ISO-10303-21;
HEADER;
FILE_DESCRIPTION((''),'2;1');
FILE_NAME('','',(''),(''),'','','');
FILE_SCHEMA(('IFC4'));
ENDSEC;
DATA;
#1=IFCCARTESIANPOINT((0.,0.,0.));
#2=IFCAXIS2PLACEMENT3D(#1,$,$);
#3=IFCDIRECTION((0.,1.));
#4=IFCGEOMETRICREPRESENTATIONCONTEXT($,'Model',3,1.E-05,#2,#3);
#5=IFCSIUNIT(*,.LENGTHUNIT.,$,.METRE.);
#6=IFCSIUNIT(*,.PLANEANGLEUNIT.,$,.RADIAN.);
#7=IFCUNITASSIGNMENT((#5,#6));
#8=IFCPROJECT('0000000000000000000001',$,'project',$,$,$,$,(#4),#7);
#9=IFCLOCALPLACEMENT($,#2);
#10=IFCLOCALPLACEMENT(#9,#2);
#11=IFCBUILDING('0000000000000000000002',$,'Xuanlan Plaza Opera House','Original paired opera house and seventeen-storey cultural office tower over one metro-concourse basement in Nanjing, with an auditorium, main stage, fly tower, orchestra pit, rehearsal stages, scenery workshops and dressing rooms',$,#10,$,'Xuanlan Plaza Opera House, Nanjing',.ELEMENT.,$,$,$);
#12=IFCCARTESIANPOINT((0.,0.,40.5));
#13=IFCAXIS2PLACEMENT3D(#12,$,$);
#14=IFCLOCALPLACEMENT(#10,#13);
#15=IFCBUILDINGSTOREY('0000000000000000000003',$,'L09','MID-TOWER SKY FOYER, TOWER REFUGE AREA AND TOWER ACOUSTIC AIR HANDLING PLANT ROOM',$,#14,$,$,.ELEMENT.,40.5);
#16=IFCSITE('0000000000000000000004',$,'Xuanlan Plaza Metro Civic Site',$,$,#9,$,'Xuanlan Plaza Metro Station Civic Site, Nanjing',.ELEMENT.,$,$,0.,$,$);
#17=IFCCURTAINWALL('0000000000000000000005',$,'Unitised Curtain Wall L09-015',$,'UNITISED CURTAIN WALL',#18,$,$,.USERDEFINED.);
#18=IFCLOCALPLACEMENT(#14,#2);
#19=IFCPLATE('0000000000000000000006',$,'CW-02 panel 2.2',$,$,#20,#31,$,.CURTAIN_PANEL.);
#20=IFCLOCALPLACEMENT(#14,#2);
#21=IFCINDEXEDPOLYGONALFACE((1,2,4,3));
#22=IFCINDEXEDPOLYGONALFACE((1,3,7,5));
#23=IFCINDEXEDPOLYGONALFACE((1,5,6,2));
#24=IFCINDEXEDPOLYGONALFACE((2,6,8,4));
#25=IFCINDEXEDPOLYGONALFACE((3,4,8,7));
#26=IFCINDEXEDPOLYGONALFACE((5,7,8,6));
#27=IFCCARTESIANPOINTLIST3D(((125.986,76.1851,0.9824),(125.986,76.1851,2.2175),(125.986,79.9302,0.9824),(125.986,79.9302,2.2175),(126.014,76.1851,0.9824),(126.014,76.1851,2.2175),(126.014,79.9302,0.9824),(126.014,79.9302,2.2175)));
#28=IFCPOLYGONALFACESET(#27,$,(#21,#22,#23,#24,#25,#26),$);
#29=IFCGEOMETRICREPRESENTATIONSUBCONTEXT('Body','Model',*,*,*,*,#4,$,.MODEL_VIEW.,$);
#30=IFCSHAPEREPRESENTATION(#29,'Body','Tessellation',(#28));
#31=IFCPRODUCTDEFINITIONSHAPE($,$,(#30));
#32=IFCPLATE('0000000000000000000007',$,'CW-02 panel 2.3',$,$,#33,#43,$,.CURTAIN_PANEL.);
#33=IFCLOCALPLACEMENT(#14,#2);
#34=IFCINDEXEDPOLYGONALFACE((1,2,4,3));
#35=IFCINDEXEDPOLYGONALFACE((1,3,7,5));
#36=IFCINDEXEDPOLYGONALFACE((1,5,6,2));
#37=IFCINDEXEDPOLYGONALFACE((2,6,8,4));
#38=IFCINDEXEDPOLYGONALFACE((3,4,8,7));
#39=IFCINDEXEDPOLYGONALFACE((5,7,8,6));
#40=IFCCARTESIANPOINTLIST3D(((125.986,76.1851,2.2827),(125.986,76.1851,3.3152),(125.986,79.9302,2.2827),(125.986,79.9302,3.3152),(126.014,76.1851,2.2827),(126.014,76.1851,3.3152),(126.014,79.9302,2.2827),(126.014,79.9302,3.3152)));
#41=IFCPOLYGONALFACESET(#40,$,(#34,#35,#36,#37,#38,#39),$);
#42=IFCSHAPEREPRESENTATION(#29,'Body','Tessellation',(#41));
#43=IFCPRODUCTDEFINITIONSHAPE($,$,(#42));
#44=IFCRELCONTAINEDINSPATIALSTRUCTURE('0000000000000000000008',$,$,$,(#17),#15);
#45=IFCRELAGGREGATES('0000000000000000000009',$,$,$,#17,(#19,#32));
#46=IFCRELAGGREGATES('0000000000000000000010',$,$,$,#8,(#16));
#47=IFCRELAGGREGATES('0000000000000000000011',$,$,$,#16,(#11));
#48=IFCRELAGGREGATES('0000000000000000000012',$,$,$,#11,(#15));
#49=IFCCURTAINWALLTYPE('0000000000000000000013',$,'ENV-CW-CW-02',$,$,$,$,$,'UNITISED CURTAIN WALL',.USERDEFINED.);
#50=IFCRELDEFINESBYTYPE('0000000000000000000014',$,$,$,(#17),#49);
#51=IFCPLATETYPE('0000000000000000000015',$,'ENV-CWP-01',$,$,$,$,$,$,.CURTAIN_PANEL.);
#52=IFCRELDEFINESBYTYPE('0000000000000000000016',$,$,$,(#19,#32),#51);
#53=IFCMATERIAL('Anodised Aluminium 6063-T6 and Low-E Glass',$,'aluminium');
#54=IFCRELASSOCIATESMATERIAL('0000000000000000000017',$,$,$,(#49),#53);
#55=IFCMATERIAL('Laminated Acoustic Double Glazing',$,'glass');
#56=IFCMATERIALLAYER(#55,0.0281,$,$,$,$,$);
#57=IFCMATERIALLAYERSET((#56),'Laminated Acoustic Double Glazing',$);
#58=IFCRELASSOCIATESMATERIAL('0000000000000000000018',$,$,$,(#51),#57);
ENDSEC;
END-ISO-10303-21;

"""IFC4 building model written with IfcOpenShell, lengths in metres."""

from ifc_helpers import new_model, si_unit, direction, frame, origin, origin_2d, place, context, subcontext, project, spatial, rectangle, extrude, material, layer, layer_set, type_object, element, aggregate, save


model = new_model("IFC4")

# Units and contexts
model_context = context("Model", 3, precision=1e-05, world=origin(), true_north=direction((0.0, 1.0)))
body_context = subcontext(model_context, "Body", "Model", "MODEL_VIEW")
ifc_project = project(units=[si_unit("LENGTHUNIT", "METRE"), si_unit("PLANEANGLEUNIT", "RADIAN")], contexts=[model_context])

# Site, building, storey
site_placement = place(None, origin())
site = spatial("IfcSite", under=ifc_project, at=site_placement, Name="Xuanlan Plaza Metro Civic Site", LongName="Xuanlan Plaza Metro Station Civic Site, Nanjing", CompositionType="ELEMENT", RefElevation=0.0)
building_placement = place(site_placement, origin())
building = spatial("IfcBuilding", under=site, at=building_placement, Name="Xuanlan Plaza Opera House", Description="Original paired opera house and seventeen-storey cultural office tower over one metro-concourse basement in Nanjing, with an auditorium, main stage, fly tower, orchestra pit, rehearsal stages, scenery workshops and dressing rooms", LongName="Xuanlan Plaza Opera House, Nanjing", CompositionType="ELEMENT")
storey_placement = place(building_placement, frame((0.0, 0.0, 40.5)))
storey = spatial("IfcBuildingStorey", under=building, at=storey_placement, Name="L09", Description="MID-TOWER SKY FOYER, TOWER REFUGE AREA AND TOWER ACOUSTIC AIR HANDLING PLANT ROOM", CompositionType="ELEMENT", Elevation=40.5)

# Curtain wall
ifc_material_1 = material(Name="Anodised Aluminium 6063-T6 and Low-E Glass", Category="aluminium")
curtain_wall_type = type_object("IfcCurtainWallType", Name="ENV-CW-CW-02", ElementType="UNITISED CURTAIN WALL", PredefinedType="USERDEFINED", material=ifc_material_1)
curtain_wall_placement = place(storey_placement, origin())
curtain_wall = element("IfcCurtainWall", 1, at=curtain_wall_placement, inside=storey, type_object=curtain_wall_type, Name="Unitised Curtain Wall L09-015", ObjectType="UNITISED CURTAIN WALL", PredefinedType="USERDEFINED")

# Plates
ifc_material_2 = material(Name="Laminated Acoustic Double Glazing", Category="glass")
ifc_layer = layer(ifc_material_2, 0.0281)
ifc_layer_set = layer_set([ifc_layer], Name="Laminated Acoustic Double Glazing")
plate_type = type_object("IfcPlateType", Name="ENV-CWP-01", PredefinedType="CURTAIN_PANEL", material=ifc_layer_set)
plate_1_placement = place(storey_placement, frame((126.0, 78.0576, 0.9824), z_axis=(0.0, 0.0, 1.0), x_axis=(0.0, -1.0, 0.0)))
plate_1 = element("IfcPlate", 2, at=plate_1_placement, type_object=plate_type, Name="CW-02 panel 2.2", PredefinedType="CURTAIN_PANEL", context=body_context, shape_type="SweptSolid", body=[
    extrude(rectangle(XDim=3.7451, YDim=0.0281, at=origin_2d()), origin(), (0.0, 0.0, 1.0), 1.2351),
])
plate_2_placement = place(storey_placement, frame((126.0, 78.0576, 2.2827), z_axis=(0.0, 0.0, 1.0), x_axis=(0.0, -1.0, 0.0)))
plate_2 = element("IfcPlate", 3, at=plate_2_placement, type_object=plate_type, Name="CW-02 panel 2.3", PredefinedType="CURTAIN_PANEL", context=body_context, shape_type="SweptSolid", body=[
    extrude(rectangle(XDim=3.7451, YDim=0.0281, at=origin_2d()), origin(), (0.0, 0.0, 1.0), 1.0325),
])
aggregate(curtain_wall, [plate_1, plate_2])

save(model, "model.ifc")
